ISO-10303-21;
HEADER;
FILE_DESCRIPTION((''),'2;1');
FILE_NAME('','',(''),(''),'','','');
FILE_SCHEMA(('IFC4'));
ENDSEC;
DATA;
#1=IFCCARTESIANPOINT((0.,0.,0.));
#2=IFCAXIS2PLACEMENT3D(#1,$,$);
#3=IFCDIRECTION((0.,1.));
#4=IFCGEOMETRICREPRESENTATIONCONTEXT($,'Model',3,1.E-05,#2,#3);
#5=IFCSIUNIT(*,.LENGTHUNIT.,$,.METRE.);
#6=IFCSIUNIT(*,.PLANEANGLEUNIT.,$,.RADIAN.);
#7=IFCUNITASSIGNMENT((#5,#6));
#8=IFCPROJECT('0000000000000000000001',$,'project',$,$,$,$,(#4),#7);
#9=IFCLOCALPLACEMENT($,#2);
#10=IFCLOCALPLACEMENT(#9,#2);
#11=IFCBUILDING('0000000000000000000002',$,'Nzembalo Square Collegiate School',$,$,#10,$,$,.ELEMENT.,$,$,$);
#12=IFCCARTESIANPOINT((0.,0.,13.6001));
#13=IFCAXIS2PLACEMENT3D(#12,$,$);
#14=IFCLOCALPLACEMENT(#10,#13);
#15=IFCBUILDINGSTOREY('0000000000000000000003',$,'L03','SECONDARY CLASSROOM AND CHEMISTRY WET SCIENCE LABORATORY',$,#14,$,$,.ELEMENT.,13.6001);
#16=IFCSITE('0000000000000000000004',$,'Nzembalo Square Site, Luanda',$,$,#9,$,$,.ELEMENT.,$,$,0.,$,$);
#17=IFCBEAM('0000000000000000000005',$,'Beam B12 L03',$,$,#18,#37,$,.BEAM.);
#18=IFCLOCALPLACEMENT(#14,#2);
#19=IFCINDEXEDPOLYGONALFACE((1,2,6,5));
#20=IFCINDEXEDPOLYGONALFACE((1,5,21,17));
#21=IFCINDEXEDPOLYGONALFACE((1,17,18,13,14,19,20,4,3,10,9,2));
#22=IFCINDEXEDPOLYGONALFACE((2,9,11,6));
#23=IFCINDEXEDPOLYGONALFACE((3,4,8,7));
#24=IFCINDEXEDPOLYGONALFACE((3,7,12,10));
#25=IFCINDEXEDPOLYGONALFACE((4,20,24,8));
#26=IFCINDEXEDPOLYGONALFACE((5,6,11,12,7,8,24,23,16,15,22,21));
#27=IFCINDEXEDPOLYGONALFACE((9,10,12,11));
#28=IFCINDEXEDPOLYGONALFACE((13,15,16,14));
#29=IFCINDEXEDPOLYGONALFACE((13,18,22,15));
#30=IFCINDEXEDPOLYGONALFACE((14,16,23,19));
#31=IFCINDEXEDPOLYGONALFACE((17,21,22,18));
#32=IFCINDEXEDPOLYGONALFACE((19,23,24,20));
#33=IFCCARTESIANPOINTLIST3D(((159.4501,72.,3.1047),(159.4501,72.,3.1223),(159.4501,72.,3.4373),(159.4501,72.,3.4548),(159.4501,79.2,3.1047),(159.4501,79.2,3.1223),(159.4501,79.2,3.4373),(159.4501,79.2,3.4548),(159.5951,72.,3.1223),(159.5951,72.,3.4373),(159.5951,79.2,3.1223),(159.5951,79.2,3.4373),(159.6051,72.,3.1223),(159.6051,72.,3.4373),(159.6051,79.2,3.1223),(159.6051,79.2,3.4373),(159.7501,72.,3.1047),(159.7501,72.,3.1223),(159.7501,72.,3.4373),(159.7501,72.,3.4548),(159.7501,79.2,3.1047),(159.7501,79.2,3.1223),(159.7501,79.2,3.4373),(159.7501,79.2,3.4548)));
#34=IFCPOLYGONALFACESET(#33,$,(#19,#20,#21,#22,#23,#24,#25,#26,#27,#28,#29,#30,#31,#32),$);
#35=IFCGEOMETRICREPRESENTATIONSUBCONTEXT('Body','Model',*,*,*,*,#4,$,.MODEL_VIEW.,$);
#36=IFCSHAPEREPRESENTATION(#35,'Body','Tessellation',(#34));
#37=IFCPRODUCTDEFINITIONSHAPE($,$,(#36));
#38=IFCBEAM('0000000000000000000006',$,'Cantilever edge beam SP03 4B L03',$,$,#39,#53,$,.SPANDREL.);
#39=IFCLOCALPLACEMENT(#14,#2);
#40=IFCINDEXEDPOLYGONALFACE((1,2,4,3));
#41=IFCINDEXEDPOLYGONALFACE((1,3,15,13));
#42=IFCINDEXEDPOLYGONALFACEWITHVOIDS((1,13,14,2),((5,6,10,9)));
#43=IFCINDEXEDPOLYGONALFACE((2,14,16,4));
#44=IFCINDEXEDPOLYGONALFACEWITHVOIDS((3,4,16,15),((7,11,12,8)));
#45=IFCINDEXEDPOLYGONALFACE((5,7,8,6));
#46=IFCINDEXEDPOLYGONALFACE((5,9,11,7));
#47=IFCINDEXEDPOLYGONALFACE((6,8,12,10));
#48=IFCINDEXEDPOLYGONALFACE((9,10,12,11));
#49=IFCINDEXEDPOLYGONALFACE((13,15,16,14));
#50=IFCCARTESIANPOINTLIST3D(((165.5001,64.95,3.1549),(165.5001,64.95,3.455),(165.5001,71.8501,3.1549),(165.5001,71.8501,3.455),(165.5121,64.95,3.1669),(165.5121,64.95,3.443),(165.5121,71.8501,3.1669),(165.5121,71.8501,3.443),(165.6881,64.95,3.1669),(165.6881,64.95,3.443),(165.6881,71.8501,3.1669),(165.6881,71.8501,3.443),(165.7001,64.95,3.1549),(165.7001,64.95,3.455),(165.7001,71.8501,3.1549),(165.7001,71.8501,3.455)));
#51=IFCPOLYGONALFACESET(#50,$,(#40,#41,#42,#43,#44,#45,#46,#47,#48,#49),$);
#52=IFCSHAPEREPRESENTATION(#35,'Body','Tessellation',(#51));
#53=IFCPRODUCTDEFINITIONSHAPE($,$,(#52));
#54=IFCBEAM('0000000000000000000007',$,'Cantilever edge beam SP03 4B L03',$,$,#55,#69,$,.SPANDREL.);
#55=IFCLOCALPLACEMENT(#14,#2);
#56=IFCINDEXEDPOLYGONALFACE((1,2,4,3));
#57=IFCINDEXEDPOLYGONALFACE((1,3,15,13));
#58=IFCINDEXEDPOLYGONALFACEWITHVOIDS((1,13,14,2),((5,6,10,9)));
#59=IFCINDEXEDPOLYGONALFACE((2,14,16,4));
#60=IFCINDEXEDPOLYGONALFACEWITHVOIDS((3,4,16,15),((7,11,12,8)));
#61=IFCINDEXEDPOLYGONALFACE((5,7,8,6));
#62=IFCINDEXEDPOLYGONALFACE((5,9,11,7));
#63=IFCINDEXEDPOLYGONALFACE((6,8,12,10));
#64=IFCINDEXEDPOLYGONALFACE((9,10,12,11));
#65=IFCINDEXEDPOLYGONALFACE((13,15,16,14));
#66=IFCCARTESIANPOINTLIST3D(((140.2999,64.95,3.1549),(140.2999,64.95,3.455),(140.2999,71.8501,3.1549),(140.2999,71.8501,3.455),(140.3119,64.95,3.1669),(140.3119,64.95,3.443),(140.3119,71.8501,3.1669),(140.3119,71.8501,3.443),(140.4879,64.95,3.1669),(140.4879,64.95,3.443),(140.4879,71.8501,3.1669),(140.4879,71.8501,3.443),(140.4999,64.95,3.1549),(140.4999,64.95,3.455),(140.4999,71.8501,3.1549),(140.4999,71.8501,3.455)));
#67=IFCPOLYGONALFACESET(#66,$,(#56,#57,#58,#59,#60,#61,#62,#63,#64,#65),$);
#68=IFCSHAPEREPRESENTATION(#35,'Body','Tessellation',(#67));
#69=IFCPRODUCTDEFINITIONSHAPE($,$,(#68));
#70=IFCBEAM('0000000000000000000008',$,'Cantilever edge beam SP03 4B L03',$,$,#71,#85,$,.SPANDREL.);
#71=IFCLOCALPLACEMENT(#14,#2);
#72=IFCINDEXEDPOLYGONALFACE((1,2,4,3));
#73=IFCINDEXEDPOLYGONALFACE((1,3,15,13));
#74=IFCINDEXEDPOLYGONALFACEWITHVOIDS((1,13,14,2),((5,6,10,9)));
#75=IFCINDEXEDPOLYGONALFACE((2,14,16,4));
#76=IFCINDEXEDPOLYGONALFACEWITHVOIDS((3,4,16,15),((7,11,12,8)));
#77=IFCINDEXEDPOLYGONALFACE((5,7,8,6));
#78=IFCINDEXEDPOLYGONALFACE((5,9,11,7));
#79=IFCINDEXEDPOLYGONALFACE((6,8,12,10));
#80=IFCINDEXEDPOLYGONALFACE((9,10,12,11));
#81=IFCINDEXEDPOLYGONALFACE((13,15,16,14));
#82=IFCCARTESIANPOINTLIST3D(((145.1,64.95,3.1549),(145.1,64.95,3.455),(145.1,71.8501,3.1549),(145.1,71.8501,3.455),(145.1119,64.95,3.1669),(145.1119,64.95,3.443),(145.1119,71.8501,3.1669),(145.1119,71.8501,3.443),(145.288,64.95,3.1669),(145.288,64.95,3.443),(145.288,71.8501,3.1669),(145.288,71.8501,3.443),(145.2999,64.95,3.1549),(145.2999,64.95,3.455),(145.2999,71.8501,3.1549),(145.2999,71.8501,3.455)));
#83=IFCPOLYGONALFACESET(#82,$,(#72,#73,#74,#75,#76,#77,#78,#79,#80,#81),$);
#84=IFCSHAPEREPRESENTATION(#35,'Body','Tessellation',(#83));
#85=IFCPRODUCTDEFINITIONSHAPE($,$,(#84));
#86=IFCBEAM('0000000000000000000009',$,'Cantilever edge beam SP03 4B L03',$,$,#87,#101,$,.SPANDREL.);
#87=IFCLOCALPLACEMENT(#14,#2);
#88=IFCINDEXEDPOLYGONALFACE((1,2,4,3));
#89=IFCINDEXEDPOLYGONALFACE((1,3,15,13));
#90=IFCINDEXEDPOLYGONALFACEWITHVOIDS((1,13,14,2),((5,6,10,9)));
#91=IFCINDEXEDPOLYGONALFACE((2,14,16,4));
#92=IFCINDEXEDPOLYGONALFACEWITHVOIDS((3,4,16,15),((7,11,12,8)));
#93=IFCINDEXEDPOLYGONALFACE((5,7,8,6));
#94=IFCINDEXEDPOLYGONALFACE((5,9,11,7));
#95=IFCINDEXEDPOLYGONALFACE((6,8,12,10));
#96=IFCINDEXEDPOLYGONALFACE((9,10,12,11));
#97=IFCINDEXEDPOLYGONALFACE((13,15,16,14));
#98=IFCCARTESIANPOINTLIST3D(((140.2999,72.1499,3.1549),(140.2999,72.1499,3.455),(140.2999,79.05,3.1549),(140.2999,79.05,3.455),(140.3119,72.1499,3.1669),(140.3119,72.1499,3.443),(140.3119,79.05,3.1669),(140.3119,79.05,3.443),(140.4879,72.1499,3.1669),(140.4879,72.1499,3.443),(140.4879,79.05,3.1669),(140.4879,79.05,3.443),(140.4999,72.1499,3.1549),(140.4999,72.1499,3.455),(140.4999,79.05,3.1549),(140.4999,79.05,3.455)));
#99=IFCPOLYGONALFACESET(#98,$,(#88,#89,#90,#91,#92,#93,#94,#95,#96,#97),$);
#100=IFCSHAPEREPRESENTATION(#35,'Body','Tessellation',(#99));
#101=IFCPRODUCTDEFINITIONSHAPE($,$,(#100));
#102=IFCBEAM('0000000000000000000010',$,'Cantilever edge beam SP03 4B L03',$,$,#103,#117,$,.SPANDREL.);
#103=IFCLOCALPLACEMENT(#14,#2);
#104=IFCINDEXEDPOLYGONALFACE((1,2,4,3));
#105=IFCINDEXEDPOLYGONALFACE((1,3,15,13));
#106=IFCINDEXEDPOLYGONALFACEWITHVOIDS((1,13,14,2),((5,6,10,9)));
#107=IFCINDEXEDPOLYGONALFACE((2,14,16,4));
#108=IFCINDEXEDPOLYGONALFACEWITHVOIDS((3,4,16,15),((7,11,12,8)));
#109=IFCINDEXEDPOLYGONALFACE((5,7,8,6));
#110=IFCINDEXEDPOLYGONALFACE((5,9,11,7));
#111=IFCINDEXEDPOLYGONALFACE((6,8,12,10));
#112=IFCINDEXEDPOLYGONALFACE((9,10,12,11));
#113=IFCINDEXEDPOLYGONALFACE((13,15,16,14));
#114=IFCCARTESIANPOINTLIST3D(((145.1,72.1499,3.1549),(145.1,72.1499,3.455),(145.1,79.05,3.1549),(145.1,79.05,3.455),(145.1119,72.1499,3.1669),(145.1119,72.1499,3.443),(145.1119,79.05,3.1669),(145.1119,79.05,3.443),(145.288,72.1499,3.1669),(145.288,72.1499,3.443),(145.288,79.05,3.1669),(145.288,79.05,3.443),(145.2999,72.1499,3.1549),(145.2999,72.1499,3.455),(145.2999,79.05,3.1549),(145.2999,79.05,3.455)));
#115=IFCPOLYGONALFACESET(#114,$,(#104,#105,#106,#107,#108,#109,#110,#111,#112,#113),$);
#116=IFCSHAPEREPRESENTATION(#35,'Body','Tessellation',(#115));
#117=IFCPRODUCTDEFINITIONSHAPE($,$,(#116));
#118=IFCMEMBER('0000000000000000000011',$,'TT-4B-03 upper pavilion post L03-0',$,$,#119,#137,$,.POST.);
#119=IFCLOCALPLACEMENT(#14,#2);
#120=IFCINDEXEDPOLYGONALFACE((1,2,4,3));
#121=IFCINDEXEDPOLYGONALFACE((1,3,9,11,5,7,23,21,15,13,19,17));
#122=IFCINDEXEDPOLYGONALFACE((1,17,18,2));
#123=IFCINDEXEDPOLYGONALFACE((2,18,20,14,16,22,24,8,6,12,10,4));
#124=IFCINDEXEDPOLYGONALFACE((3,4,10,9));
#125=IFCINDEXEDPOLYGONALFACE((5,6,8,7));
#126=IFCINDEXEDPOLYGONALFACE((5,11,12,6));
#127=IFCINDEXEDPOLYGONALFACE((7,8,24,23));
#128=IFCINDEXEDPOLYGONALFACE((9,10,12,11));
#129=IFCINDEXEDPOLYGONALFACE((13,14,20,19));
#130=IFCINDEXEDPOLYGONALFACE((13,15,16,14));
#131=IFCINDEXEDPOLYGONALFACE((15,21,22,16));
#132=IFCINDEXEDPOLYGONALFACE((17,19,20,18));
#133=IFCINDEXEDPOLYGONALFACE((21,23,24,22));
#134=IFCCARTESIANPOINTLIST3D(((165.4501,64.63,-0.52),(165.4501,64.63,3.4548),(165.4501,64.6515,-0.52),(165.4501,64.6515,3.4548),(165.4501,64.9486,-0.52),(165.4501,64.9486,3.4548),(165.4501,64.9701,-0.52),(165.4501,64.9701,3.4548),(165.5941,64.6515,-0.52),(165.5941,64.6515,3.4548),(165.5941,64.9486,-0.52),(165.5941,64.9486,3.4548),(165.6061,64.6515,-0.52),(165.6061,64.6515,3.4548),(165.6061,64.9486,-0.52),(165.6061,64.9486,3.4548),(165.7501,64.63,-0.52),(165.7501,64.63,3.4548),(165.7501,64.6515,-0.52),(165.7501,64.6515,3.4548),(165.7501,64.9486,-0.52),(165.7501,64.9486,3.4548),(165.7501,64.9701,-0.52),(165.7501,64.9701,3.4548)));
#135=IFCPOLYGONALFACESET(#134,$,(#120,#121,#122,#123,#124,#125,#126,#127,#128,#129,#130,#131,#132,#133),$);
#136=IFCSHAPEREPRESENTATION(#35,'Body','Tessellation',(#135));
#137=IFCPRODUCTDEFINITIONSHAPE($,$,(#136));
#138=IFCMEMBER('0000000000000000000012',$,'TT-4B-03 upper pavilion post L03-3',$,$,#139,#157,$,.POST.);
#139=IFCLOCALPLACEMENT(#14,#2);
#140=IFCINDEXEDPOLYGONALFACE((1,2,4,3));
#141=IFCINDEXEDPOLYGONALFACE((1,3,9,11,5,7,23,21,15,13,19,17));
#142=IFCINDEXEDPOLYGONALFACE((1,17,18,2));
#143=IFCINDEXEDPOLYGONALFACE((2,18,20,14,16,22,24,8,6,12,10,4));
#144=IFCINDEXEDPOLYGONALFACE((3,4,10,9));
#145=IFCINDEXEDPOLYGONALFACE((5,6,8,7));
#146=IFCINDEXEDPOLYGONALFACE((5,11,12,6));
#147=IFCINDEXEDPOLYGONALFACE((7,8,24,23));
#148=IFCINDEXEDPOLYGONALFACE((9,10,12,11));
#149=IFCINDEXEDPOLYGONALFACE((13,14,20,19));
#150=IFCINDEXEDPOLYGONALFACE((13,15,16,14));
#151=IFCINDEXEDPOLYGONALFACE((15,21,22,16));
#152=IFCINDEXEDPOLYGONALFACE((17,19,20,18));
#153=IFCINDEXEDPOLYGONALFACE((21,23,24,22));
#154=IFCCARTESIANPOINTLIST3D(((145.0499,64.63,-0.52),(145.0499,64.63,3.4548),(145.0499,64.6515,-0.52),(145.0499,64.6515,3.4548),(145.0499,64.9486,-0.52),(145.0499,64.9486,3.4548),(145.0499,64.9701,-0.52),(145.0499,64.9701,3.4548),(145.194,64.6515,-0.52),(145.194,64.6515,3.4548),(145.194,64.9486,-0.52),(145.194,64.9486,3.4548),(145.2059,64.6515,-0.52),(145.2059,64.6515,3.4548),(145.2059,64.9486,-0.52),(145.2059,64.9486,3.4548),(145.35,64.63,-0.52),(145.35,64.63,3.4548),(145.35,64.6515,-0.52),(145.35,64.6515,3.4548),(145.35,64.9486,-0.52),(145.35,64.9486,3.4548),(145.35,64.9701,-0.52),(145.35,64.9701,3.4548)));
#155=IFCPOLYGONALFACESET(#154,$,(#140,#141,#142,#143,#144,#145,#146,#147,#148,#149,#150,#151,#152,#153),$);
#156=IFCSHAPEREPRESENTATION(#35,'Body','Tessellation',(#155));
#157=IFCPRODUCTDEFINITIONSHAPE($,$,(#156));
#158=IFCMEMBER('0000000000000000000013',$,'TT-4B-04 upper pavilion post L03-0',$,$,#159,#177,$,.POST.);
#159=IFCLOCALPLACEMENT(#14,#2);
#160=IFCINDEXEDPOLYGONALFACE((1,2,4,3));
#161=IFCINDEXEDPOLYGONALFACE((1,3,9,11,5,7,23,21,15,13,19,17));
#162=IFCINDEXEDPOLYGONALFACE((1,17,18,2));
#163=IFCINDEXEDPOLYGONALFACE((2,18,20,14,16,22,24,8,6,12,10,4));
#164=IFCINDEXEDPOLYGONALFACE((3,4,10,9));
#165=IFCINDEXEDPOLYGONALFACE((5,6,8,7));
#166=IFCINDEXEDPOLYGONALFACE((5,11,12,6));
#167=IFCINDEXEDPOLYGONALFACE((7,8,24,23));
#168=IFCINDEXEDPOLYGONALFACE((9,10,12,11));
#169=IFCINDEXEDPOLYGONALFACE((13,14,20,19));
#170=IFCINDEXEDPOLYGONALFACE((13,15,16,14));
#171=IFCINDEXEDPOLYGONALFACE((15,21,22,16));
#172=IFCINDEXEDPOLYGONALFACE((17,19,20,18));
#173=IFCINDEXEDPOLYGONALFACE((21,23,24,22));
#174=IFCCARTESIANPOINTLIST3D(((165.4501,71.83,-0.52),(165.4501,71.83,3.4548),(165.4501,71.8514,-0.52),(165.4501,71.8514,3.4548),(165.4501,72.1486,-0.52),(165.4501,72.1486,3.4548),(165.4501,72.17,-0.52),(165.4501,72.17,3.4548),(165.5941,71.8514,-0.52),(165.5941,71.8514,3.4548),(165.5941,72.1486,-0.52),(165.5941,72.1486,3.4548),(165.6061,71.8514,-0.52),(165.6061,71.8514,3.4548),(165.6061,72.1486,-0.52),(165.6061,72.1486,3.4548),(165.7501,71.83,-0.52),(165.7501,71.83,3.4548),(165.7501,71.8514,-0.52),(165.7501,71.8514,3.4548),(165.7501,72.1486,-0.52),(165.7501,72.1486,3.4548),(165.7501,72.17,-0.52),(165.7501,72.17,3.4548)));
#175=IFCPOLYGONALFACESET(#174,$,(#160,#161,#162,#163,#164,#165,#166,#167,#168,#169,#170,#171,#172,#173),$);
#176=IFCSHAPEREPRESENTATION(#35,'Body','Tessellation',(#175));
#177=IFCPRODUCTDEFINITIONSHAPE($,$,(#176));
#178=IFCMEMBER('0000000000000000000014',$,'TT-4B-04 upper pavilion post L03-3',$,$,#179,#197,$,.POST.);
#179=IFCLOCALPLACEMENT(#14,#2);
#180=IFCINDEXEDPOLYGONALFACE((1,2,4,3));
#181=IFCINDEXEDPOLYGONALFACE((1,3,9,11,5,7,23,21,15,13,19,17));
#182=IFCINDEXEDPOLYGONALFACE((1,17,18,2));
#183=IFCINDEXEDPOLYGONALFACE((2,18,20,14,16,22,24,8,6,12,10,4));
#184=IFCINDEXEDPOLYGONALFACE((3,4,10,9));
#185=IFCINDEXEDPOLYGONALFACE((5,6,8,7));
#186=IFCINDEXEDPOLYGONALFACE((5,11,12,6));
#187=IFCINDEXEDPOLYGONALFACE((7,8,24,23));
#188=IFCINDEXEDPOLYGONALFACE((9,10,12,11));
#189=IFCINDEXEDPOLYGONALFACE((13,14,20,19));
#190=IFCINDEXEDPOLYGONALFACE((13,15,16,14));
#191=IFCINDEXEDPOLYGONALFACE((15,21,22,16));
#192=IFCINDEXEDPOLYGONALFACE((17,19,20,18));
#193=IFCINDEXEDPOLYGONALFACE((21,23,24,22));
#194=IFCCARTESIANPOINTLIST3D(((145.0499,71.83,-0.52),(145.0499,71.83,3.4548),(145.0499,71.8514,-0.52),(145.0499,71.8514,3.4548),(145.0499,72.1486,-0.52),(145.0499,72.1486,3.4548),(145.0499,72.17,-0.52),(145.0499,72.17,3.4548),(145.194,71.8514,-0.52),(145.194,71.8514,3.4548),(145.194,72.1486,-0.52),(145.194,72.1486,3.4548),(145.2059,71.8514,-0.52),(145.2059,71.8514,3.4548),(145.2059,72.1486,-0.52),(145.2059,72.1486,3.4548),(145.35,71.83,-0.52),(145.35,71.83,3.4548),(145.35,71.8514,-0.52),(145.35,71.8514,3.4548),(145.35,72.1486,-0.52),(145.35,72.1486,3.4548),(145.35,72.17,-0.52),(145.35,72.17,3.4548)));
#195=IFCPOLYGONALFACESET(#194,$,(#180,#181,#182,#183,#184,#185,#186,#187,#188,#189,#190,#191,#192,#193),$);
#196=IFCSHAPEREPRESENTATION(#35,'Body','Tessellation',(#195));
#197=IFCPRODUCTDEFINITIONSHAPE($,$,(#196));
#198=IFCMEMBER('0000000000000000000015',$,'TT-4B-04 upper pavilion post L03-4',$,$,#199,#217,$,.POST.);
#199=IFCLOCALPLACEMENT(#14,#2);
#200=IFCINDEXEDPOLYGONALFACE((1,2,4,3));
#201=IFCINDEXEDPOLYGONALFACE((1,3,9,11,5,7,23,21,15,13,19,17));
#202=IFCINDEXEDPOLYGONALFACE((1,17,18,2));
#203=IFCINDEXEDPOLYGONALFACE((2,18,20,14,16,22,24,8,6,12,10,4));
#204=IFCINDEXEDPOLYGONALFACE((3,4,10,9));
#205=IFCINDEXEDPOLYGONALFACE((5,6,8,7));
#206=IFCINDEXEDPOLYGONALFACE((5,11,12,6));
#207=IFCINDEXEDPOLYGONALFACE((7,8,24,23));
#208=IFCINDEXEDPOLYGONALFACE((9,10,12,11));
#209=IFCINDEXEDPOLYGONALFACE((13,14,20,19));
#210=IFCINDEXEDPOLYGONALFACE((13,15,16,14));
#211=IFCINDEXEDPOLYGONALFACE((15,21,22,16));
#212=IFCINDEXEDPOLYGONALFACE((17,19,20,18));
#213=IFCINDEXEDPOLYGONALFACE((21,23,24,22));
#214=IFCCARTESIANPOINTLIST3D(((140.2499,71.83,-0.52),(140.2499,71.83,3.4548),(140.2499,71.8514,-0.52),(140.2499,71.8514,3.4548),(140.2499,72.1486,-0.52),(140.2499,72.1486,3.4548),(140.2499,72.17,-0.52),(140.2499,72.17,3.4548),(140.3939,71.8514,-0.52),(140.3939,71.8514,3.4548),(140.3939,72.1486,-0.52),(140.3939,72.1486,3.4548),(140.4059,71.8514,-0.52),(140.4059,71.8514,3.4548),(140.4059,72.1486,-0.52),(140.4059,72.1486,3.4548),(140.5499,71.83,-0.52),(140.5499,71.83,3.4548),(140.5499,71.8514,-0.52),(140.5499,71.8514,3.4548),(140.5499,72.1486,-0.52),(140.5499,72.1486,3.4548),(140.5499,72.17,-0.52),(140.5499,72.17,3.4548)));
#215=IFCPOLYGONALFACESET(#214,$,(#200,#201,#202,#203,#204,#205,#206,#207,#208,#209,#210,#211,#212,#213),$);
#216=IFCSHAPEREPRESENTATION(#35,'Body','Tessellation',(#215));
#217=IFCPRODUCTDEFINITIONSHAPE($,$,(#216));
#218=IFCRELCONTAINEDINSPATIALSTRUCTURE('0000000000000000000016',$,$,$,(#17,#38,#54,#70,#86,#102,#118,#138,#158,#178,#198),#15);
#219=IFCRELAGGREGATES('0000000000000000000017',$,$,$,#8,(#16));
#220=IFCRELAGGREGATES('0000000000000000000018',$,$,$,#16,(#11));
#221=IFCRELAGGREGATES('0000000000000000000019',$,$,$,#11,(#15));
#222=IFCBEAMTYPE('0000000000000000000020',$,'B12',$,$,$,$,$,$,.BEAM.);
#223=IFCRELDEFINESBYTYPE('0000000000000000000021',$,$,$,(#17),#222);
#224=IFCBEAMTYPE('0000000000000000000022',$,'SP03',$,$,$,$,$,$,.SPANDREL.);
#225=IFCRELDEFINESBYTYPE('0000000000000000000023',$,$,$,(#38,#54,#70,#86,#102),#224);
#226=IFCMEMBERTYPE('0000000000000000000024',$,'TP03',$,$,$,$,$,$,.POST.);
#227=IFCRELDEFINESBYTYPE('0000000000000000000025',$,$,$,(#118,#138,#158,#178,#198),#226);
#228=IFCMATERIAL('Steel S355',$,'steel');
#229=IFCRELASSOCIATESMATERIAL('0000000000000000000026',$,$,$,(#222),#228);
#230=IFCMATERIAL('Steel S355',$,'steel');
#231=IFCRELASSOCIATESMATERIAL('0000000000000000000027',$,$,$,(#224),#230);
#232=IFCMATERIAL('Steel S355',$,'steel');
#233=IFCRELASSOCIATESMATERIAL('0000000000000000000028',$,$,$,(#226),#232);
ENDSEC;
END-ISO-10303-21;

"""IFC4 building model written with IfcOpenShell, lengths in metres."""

from ifc_helpers import new_model, si_unit, direction, frame, origin, origin_2d, place, context, subcontext, project, spatial, hollow_rectangle, i_section, extrude, material, material_profile, profile_set, type_object, element, save


model = new_model("IFC4")

# Units and contexts
model_context = context("Model", 3, precision=1e-05, world=origin(), true_north=direction((0.0, 1.0)))
body_context = subcontext(model_context, "Body", "Model", "MODEL_VIEW")
ifc_project = project(units=[si_unit("LENGTHUNIT", "METRE"), si_unit("PLANEANGLEUNIT", "RADIAN")], contexts=[model_context])

# Site, building, storey
site_placement = place(None, origin())
site = spatial("IfcSite", under=ifc_project, at=site_placement, Name="Nzembalo Square Site, Luanda", CompositionType="ELEMENT", RefElevation=0.0)
building_placement = place(site_placement, origin())
building = spatial("IfcBuilding", under=site, at=building_placement, Name="Nzembalo Square Collegiate School", CompositionType="ELEMENT")
storey_placement = place(building_placement, frame((0.0, 0.0, 13.6001)))
storey = spatial("IfcBuildingStorey", under=building, at=storey_placement, Name="L03", Description="SECONDARY CLASSROOM AND CHEMISTRY WET SCIENCE LABORATORY", CompositionType="ELEMENT", Elevation=13.6001)

# Beams
ifc_material_1 = material(Name="Steel S355", Category="steel")
ifc_material_profile_1 = material_profile(ifc_material_1, i_section(OverallWidth=0.3, OverallDepth=0.3501, WebThickness=0.01, FlangeThickness=0.0176, at=origin_2d()), Name="HEA 360")
ifc_profile_set_1 = profile_set([ifc_material_profile_1], Name="Steel S355")
beam_type_1 = type_object("IfcBeamType", Name="B12", PredefinedType="BEAM", material=ifc_profile_set_1)
for number, where, z_axis, x_axis, name in (
    (1, (159.6001, 72.0, 3.2798), (0.0, 1.0, 0.0), (-1.0, 0.0, 0.0), "Beam B12 L03"),
):
    element("IfcBeam", number, at=place(storey_placement, frame(where, z_axis=z_axis, x_axis=x_axis)), inside=storey, type_object=beam_type_1, Name=name, PredefinedType="BEAM", context=body_context, shape_type="SweptSolid", body=[
        extrude(i_section(OverallWidth=0.3, OverallDepth=0.3501, WebThickness=0.01, FlangeThickness=0.0176, at=origin_2d()), origin(), (0.0, 0.0, 1.0), 7.2),
    ])
ifc_material_2 = material(Name="Steel S355", Category="steel")
ifc_material_profile_2 = material_profile(ifc_material_2, hollow_rectangle(XDim=0.2, YDim=0.3, WallThickness=0.012, at=origin_2d()), Name="RHS 300x200x12")
ifc_profile_set_2 = profile_set([ifc_material_profile_2], Name="Steel S355")
beam_type_2 = type_object("IfcBeamType", Name="SP03", PredefinedType="SPANDREL", material=ifc_profile_set_2)
for number, where, z_axis, x_axis, name in (
    (2, (165.6001, 64.95, 3.3049), (0.0, 1.0, 0.0), (-1.0, 0.0, 0.0), "Cantilever edge beam SP03 4B L03"),
    (3, (140.3999, 64.95, 3.3049), (0.0, 1.0, 0.0), (-1.0, 0.0, 0.0), "Cantilever edge beam SP03 4B L03"),
    (4, (145.2, 64.95, 3.3049), (0.0, 1.0, 0.0), (-1.0, 0.0, 0.0), "Cantilever edge beam SP03 4B L03"),
    (5, (140.3999, 72.1499, 3.3049), (0.0, 1.0, 0.0), (-1.0, 0.0, 0.0), "Cantilever edge beam SP03 4B L03"),
    (6, (145.2, 72.1499, 3.3049), (0.0, 1.0, 0.0), (-1.0, 0.0, 0.0), "Cantilever edge beam SP03 4B L03"),
):
    element("IfcBeam", number, at=place(storey_placement, frame(where, z_axis=z_axis, x_axis=x_axis)), inside=storey, type_object=beam_type_2, Name=name, PredefinedType="SPANDREL", context=body_context, shape_type="SweptSolid", body=[
        extrude(hollow_rectangle(XDim=0.2, YDim=0.3, WallThickness=0.012, at=origin_2d()), origin(), (0.0, 0.0, 1.0), 6.9001),
    ])

# Members
ifc_material_3 = material(Name="Steel S355", Category="steel")
ifc_material_profile_3 = material_profile(ifc_material_3, i_section(OverallWidth=0.3, OverallDepth=0.3401, WebThickness=0.012, FlangeThickness=0.0215, at=origin_2d()), Name="HEB 340")
ifc_profile_set_3 = profile_set([ifc_material_profile_3], Name="Steel S355")
member_type = type_object("IfcMemberType", Name="TP03", PredefinedType="POST", material=ifc_profile_set_3)
for number, where, z_axis, x_axis, name in (
    (7, (165.6001, 64.8, -0.52), (0.0, 0.0, 1.0), (1.0, 0.0, 0.0), "TT-4B-03 upper pavilion post L03-0"),
    (8, (145.2, 64.8, -0.52), (0.0, 0.0, 1.0), (1.0, 0.0, 0.0), "TT-4B-03 upper pavilion post L03-3"),
    (9, (165.6001, 72.0, -0.52), (0.0, 0.0, 1.0), (1.0, 0.0, 0.0), "TT-4B-04 upper pavilion post L03-0"),
    (10, (145.2, 72.0, -0.52), (0.0, 0.0, 1.0), (1.0, 0.0, 0.0), "TT-4B-04 upper pavilion post L03-3"),
    (11, (140.3999, 72.0, -0.52), (0.0, 0.0, 1.0), (1.0, 0.0, 0.0), "TT-4B-04 upper pavilion post L03-4"),
):
    element("IfcMember", number, at=place(storey_placement, frame(where, z_axis=z_axis, x_axis=x_axis)), inside=storey, type_object=member_type, Name=name, PredefinedType="POST", context=body_context, shape_type="SweptSolid", body=[
        extrude(i_section(OverallWidth=0.3, OverallDepth=0.3401, WebThickness=0.012, FlangeThickness=0.0215, at=origin_2d()), origin(), (0.0, 0.0, 1.0), 3.9749),
    ])

save(model, "model.ifc")
